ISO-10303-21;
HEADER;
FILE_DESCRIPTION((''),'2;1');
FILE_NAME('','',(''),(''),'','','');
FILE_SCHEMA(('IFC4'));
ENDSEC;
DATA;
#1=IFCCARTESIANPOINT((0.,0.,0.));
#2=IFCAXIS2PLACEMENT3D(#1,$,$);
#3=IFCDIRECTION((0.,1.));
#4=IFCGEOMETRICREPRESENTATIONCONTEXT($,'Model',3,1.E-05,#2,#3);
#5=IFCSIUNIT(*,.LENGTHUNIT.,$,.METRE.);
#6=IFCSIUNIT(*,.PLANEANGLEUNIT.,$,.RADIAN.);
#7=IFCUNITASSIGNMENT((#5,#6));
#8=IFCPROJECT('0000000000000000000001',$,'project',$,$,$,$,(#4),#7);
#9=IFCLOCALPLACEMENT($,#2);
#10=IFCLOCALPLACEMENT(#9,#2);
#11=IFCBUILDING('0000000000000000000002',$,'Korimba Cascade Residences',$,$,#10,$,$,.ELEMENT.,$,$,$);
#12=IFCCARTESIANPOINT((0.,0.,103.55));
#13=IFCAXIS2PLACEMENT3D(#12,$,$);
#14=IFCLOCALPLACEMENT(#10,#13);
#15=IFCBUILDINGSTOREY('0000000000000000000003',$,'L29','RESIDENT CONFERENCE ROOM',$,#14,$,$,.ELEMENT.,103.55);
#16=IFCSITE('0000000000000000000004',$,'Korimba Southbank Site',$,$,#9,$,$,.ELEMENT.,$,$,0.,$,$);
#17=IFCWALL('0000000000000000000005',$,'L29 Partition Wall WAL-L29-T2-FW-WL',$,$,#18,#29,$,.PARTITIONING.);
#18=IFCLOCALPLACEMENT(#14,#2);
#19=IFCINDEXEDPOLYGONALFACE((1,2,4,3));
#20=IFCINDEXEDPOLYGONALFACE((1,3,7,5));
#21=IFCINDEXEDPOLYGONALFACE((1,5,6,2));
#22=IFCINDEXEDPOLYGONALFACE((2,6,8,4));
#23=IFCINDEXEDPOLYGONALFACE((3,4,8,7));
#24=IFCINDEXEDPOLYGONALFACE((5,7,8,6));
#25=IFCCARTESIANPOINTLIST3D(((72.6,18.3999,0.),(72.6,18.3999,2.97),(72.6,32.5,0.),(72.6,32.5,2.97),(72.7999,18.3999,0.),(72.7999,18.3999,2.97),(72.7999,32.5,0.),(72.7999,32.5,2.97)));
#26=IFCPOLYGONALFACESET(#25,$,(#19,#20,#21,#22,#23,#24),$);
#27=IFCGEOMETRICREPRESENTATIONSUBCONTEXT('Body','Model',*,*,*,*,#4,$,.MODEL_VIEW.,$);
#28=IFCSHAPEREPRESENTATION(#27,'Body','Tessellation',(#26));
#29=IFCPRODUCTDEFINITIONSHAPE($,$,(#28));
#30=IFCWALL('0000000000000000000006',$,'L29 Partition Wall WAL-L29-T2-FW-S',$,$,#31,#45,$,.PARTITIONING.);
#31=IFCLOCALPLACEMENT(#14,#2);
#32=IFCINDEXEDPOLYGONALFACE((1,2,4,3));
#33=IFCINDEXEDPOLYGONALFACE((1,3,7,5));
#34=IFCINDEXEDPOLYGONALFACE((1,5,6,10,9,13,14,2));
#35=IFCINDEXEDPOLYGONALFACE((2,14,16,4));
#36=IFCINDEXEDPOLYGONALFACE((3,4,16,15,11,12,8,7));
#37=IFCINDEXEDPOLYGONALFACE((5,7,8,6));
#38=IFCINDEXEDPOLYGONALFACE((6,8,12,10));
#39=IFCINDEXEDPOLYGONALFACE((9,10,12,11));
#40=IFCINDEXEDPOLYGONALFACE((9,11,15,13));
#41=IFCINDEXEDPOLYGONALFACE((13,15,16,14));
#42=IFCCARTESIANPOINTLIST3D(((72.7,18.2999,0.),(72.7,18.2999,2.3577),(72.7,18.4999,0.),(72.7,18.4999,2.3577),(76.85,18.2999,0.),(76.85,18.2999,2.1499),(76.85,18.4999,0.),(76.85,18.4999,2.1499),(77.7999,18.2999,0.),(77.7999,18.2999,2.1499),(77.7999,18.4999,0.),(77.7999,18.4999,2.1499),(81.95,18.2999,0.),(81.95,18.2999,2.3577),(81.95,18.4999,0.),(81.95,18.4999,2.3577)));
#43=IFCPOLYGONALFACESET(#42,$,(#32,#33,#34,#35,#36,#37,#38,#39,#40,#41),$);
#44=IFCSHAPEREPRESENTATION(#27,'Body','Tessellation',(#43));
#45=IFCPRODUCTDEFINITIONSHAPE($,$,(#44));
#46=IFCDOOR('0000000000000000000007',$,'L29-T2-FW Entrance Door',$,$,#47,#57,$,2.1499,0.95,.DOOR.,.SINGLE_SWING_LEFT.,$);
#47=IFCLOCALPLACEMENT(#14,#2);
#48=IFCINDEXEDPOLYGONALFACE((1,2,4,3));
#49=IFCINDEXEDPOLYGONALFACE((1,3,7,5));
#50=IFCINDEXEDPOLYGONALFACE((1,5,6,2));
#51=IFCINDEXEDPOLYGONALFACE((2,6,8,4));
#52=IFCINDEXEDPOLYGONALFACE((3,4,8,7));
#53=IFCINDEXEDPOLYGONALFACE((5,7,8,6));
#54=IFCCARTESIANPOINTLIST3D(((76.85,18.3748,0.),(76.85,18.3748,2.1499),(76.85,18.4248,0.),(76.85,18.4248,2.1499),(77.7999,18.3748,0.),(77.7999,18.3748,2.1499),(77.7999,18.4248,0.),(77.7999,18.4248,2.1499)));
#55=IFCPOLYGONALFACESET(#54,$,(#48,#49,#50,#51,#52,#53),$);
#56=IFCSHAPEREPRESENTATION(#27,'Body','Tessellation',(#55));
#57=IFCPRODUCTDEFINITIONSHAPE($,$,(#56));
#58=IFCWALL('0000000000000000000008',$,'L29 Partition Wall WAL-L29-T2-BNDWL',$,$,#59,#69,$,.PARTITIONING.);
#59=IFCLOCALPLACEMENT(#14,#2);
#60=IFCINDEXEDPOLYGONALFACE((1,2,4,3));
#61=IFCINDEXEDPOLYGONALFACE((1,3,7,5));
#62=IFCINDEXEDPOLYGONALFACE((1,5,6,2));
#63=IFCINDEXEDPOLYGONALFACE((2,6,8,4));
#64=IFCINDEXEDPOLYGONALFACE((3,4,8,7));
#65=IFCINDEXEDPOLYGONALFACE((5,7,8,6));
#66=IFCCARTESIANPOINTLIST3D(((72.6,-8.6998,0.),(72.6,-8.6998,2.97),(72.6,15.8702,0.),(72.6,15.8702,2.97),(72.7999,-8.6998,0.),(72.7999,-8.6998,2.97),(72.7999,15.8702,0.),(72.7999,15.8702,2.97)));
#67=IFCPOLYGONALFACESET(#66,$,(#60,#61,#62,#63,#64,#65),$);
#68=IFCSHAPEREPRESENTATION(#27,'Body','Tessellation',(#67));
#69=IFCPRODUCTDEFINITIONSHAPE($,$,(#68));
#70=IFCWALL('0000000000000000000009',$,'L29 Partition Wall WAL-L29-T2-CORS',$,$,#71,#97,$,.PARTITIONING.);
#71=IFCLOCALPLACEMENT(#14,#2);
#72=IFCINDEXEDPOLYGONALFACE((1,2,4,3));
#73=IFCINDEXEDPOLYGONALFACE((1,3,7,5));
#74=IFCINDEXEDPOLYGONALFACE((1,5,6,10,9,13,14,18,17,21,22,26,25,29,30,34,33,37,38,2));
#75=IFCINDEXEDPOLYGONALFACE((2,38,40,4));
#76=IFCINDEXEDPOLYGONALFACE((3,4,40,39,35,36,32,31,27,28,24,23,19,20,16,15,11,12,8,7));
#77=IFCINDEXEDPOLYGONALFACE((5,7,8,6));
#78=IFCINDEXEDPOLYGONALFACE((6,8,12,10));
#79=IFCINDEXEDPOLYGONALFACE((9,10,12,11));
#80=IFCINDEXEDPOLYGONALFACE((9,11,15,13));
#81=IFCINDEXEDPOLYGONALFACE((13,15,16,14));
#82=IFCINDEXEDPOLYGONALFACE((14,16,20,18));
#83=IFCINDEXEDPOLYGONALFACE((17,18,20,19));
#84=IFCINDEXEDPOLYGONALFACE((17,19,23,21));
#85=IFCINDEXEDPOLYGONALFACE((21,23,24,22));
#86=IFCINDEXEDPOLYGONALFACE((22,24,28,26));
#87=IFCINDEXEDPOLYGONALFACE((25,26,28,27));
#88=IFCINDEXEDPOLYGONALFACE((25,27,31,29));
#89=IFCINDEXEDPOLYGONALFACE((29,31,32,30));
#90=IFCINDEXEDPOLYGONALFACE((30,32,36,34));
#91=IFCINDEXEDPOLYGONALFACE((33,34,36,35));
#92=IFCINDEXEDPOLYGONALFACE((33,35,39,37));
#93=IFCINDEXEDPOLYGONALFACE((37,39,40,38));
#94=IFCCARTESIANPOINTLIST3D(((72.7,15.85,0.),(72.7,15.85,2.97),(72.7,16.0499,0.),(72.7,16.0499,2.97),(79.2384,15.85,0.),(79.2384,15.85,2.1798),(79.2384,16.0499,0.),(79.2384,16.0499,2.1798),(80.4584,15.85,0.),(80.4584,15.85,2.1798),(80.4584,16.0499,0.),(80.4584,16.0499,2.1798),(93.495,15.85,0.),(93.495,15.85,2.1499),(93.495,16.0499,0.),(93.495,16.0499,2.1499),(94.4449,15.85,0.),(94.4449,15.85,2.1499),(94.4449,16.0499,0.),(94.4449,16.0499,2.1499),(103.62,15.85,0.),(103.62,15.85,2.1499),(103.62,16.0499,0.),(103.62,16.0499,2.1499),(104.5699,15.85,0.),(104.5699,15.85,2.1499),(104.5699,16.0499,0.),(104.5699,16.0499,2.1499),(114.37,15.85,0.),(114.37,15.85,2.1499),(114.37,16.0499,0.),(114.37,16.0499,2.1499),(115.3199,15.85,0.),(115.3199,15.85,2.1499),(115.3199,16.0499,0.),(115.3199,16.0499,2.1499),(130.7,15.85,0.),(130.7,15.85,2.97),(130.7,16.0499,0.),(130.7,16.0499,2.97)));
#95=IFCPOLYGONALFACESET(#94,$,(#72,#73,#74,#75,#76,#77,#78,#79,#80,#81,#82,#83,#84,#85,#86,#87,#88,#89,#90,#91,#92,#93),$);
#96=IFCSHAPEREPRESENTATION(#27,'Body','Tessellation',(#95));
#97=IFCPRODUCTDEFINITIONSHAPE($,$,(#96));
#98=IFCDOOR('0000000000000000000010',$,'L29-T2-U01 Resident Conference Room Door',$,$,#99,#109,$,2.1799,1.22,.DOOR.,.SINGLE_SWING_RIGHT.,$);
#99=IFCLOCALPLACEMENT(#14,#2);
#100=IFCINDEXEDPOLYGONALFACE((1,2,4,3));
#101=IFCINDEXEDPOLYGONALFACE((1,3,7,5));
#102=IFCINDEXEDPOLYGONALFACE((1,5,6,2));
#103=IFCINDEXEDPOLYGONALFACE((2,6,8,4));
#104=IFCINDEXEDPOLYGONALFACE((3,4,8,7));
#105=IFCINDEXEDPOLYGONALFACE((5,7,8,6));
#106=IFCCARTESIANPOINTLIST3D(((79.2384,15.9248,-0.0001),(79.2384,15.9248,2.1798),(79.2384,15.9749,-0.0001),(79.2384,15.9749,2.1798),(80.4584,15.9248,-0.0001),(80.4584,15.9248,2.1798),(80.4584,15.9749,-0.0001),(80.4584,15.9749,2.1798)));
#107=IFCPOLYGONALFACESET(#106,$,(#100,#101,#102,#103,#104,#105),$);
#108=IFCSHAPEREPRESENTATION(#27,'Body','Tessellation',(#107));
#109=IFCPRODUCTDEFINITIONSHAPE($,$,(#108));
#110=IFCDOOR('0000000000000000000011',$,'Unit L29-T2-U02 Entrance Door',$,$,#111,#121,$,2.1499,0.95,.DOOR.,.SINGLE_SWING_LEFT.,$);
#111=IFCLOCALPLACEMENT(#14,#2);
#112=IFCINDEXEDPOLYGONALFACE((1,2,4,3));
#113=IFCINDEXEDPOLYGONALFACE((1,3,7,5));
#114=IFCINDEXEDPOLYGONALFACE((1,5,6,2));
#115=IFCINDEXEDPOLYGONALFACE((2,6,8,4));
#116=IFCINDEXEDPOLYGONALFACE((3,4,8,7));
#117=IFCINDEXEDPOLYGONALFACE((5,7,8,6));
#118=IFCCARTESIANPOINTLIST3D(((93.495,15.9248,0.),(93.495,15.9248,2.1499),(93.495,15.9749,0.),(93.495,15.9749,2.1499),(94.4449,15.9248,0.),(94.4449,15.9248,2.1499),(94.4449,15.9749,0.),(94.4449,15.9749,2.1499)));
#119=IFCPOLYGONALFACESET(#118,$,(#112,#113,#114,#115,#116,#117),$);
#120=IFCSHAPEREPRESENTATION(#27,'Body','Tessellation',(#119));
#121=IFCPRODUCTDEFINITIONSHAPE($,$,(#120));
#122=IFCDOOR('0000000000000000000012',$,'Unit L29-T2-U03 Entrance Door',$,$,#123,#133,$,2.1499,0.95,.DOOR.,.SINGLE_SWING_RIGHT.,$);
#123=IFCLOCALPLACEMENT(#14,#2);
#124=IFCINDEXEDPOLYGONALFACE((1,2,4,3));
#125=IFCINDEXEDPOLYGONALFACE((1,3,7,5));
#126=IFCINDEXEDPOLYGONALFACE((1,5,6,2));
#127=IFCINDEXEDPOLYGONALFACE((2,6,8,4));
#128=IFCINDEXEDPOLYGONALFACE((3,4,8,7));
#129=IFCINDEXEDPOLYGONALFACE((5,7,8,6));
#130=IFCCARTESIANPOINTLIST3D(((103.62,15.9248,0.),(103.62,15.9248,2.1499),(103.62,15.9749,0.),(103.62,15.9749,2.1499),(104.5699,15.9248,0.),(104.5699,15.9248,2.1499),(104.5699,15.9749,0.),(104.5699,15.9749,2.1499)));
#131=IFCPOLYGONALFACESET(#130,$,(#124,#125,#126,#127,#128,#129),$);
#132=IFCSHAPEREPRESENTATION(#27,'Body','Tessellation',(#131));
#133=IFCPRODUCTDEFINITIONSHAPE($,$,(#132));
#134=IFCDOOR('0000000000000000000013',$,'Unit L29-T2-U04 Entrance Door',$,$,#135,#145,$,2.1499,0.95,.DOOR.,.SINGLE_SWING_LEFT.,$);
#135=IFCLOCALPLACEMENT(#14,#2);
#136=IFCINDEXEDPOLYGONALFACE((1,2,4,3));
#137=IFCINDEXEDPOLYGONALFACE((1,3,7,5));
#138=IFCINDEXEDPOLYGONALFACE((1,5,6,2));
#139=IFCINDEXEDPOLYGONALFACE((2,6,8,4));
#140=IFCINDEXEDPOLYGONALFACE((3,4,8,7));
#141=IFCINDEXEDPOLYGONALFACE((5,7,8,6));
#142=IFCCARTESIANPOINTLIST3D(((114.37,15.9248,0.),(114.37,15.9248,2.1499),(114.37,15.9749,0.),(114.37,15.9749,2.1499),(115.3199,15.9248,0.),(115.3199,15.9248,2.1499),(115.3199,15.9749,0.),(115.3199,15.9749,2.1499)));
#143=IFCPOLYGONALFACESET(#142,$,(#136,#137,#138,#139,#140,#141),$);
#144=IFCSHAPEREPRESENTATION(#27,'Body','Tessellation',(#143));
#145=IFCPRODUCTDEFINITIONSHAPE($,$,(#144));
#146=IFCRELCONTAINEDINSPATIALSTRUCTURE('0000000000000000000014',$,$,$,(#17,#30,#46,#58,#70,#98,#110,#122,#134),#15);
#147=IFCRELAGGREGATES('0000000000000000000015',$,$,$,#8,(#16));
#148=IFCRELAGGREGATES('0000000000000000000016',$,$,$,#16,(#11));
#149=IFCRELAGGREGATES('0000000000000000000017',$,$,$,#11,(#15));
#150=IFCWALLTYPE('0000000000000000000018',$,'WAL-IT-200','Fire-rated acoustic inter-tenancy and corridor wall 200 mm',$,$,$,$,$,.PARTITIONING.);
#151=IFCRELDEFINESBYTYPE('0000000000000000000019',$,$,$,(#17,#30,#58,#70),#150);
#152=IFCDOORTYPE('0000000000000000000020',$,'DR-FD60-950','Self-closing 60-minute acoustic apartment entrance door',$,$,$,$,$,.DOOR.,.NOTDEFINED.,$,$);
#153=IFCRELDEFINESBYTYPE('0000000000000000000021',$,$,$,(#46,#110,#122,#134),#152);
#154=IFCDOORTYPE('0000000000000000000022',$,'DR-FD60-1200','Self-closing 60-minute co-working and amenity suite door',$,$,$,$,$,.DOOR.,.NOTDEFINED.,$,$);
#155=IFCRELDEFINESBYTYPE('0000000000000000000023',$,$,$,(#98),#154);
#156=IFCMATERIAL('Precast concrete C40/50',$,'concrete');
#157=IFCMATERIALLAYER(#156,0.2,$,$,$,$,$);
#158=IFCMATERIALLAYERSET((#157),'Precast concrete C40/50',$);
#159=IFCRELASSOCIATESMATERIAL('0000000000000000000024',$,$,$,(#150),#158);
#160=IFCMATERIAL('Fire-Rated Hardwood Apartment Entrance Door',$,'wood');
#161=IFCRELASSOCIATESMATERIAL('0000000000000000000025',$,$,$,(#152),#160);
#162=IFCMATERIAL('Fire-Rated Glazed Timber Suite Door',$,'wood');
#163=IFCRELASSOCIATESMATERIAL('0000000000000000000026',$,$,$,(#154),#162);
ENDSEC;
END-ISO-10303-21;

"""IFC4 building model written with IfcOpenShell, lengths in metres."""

from ifc_helpers import new_model, si_unit, direction, frame, frame_2d, origin, place, context, subcontext, project, spatial, rectangle, extrude, material, layer, layer_set, type_object, element, fill, save


model = new_model("IFC4")

# Units and contexts
model_context = context("Model", 3, precision=1e-05, world=origin(), true_north=direction((0.0, 1.0)))
body_context = subcontext(model_context, "Body", "Model", "MODEL_VIEW")
ifc_project = project(units=[si_unit("LENGTHUNIT", "METRE"), si_unit("PLANEANGLEUNIT", "RADIAN")], contexts=[model_context])

# Site, building, storey
site_placement = place(None, origin())
site = spatial("IfcSite", under=ifc_project, at=site_placement, Name="Korimba Southbank Site", CompositionType="ELEMENT", RefElevation=0.0)
building_placement = place(site_placement, origin())
building = spatial("IfcBuilding", under=site, at=building_placement, Name="Korimba Cascade Residences", CompositionType="ELEMENT")
storey_placement = place(building_placement, frame((0.0, 0.0, 103.55)))
storey = spatial("IfcBuildingStorey", under=building, at=storey_placement, Name="L29", Description="RESIDENT CONFERENCE ROOM", CompositionType="ELEMENT", Elevation=103.55)

# Shared definitions
ifc_material_1 = material(Name="Precast concrete C40/50", Category="concrete")

# Wall
ifc_layer_1 = layer(ifc_material_1, 0.2)
ifc_layer_set_1 = layer_set([ifc_layer_1], Name="Precast concrete C40/50")
wall_type_1 = type_object("IfcWallType", Name="WAL-IT-200", Description="Fire-rated acoustic inter-tenancy and corridor wall 200 mm", PredefinedType="PARTITIONING", material=ifc_layer_set_1)
wall_1_placement = place(storey_placement, frame((72.7, 18.3999, 0.0), z_axis=(0.0, 0.0, 1.0), x_axis=(0.0, 1.0, 0.0)))
element("IfcWall", 1, at=wall_1_placement, inside=storey, type_object=wall_type_1, Name="L29 Partition Wall WAL-L29-T2-FW-WL", PredefinedType="PARTITIONING", context=body_context, shape_type="SweptSolid", body=[
    extrude(rectangle(XDim=14.1001, YDim=0.2, at=frame_2d((7.05, 0.0))), origin(), (0.0, 0.0, 1.0), 2.97),
])

# Wall, opening, door
wall_2_placement = place(storey_placement, frame((72.7, 18.3999, 0.0), z_axis=(0.0, 0.0, 1.0), x_axis=(1.0, 0.0, 0.0)))
wall_2 = element("IfcWall", 2, at=wall_2_placement, inside=storey, type_object=wall_type_1, Name="L29 Partition Wall WAL-L29-T2-FW-S", PredefinedType="PARTITIONING", context=body_context, shape_type="SweptSolid", body=[
    extrude(rectangle(XDim=9.25, YDim=0.2, at=frame_2d((4.625, 0.0))), origin(), (0.0, 0.0, 1.0), 2.3577),
])
opening_1_placement = place(wall_2_placement, frame((4.1499, 0.0, 0.0)))
opening_1 = element("IfcOpeningElement", 3, at=opening_1_placement, cuts=wall_2, PredefinedType="OPENING", context=body_context, shape_type="SweptSolid", body=[
    extrude(rectangle(XDim=0.95, YDim=2.1499, at=frame_2d((0.4751, 1.075))), frame((0.0, 0.1099, 0.0), z_axis=(0.0, -1.0, 0.0), x_axis=(1.0, 0.0, 0.0)), (0.0, 0.0, 1.0), 0.22),
])
ifc_material_2 = material(Name="Fire-Rated Hardwood Apartment Entrance Door", Category="wood")
door_type_1 = type_object("IfcDoorType", Name="DR-FD60-950", Description="Self-closing 60-minute acoustic apartment entrance door", OperationType="NOTDEFINED", PredefinedType="DOOR", material=ifc_material_2)
door_1_placement = place(opening_1_placement, origin())
door_1 = element("IfcDoor", 4, at=door_1_placement, inside=storey, type_object=door_type_1, Name="L29-T2-FW Entrance Door", OperationType="SINGLE_SWING_LEFT", OverallHeight=2.1499, OverallWidth=0.95, PredefinedType="DOOR", context=body_context, shape_type="SweptSolid", body=[
    extrude(rectangle(XDim=0.95, YDim=2.1499, at=frame_2d((0.4751, 1.075))), frame((0.0, 0.0249, 0.0), z_axis=(0.0, -1.0, 0.0), x_axis=(1.0, 0.0, 0.0)), (0.0, 0.0, 1.0), 0.05),
])
fill(opening_1, door_1)

# Wall
wall_3_placement = place(storey_placement, frame((72.7, -8.7, 0.0), z_axis=(0.0, 0.0, 1.0), x_axis=(0.0, 1.0, 0.0)))
element("IfcWall", 5, at=wall_3_placement, inside=storey, type_object=wall_type_1, Name="L29 Partition Wall WAL-L29-T2-BNDWL", PredefinedType="PARTITIONING", context=body_context, shape_type="SweptSolid", body=[
    extrude(rectangle(XDim=24.5701, YDim=0.2, at=frame_2d((12.2852, 0.0))), origin(), (0.0, 0.0, 1.0), 2.97),
])

# Wall, openings, doors
wall_4_placement = place(storey_placement, frame((72.7, 15.95, 0.0), z_axis=(0.0, 0.0, 1.0), x_axis=(1.0, 0.0, 0.0)))
wall_4 = element("IfcWall", 6, at=wall_4_placement, inside=storey, type_object=wall_type_1, Name="L29 Partition Wall WAL-L29-T2-CORS", PredefinedType="PARTITIONING", context=body_context, shape_type="SweptSolid", body=[
    extrude(rectangle(XDim=58.0, YDim=0.2, at=frame_2d((29.0, 0.0))), origin(), (0.0, 0.0, 1.0), 2.97),
])
opening_2_placement = place(wall_4_placement, frame((6.5386, 0.0, 0.0)))
opening_2 = element("IfcOpeningElement", 7, at=opening_2_placement, cuts=wall_4, PredefinedType="OPENING", context=body_context, shape_type="SweptSolid", body=[
    extrude(rectangle(XDim=1.22, YDim=2.1799, at=frame_2d((0.6099, 1.0898))), frame((0.0, 0.1099, 0.0), z_axis=(0.0, -1.0, 0.0), x_axis=(1.0, 0.0, 0.0)), (0.0, 0.0, 1.0), 0.22),
])
opening_3_placement = place(wall_4_placement, frame((20.7949, 0.0, 0.0)))
opening_3 = element("IfcOpeningElement", 8, at=opening_3_placement, cuts=wall_4, PredefinedType="OPENING", context=body_context, shape_type="SweptSolid", body=[
    extrude(rectangle(XDim=0.95, YDim=2.1499, at=frame_2d((0.4751, 1.075))), frame((0.0, 0.1099, 0.0), z_axis=(0.0, -1.0, 0.0), x_axis=(1.0, 0.0, 0.0)), (0.0, 0.0, 1.0), 0.22),
])
opening_4_placement = place(wall_4_placement, frame((30.9199, 0.0, 0.0)))
opening_4 = element("IfcOpeningElement", 9, at=opening_4_placement, cuts=wall_4, PredefinedType="OPENING", context=body_context, shape_type="SweptSolid", body=[
    extrude(rectangle(XDim=0.95, YDim=2.1499, at=frame_2d((0.4751, 1.075))), frame((0.0, 0.1099, 0.0), z_axis=(0.0, -1.0, 0.0), x_axis=(1.0, 0.0, 0.0)), (0.0, 0.0, 1.0), 0.22),
])
opening_5_placement = place(wall_4_placement, frame((41.6699, 0.0, 0.0)))
opening_5 = element("IfcOpeningElement", 10, at=opening_5_placement, cuts=wall_4, PredefinedType="OPENING", context=body_context, shape_type="SweptSolid", body=[
    extrude(rectangle(XDim=0.95, YDim=2.1499, at=frame_2d((0.4751, 1.075))), frame((0.0, 0.1099, 0.0), z_axis=(0.0, -1.0, 0.0), x_axis=(1.0, 0.0, 0.0)), (0.0, 0.0, 1.0), 0.22),
])
ifc_material_3 = material(Name="Fire-Rated Glazed Timber Suite Door", Category="wood")
door_type_2 = type_object("IfcDoorType", Name="DR-FD60-1200", Description="Self-closing 60-minute co-working and amenity suite door", OperationType="NOTDEFINED", PredefinedType="DOOR", material=ifc_material_3)
door_2_placement = place(opening_2_placement, origin())
door_2 = element("IfcDoor", 11, at=door_2_placement, inside=storey, type_object=door_type_2, Name="L29-T2-U01 Resident Conference Room Door", OperationType="SINGLE_SWING_RIGHT", OverallHeight=2.1799, OverallWidth=1.22, PredefinedType="DOOR", context=body_context, shape_type="SweptSolid", body=[
    extrude(rectangle(XDim=1.22, YDim=2.1799, at=frame_2d((0.6099, 1.0898))), frame((0.0, 0.0249, 0.0), z_axis=(0.0, -1.0, 0.0), x_axis=(1.0, 0.0, 0.0)), (0.0, 0.0, 1.0), 0.05),
])
fill(opening_2, door_2)
door_3_placement = place(opening_3_placement, origin())
door_3 = element("IfcDoor", 12, at=door_3_placement, inside=storey, type_object=door_type_1, Name="Unit L29-T2-U02 Entrance Door", OperationType="SINGLE_SWING_LEFT", OverallHeight=2.1499, OverallWidth=0.95, PredefinedType="DOOR", context=body_context, shape_type="SweptSolid", body=[
    extrude(rectangle(XDim=0.95, YDim=2.1499, at=frame_2d((0.4751, 1.075))), frame((0.0, 0.0249, 0.0), z_axis=(0.0, -1.0, 0.0), x_axis=(1.0, 0.0, 0.0)), (0.0, 0.0, 1.0), 0.05),
])
fill(opening_3, door_3)
door_4_placement = place(opening_4_placement, origin())
door_4 = element("IfcDoor", 13, at=door_4_placement, inside=storey, type_object=door_type_1, Name="Unit L29-T2-U03 Entrance Door", OperationType="SINGLE_SWING_RIGHT", OverallHeight=2.1499, OverallWidth=0.95, PredefinedType="DOOR", context=body_context, shape_type="SweptSolid", body=[
    extrude(rectangle(XDim=0.95, YDim=2.1499, at=frame_2d((0.4751, 1.075))), frame((0.0, 0.0249, 0.0), z_axis=(0.0, -1.0, 0.0), x_axis=(1.0, 0.0, 0.0)), (0.0, 0.0, 1.0), 0.05),
])
fill(opening_4, door_4)
door_5_placement = place(opening_5_placement, origin())
door_5 = element("IfcDoor", 14, at=door_5_placement, inside=storey, type_object=door_type_1, Name="Unit L29-T2-U04 Entrance Door", OperationType="SINGLE_SWING_LEFT", OverallHeight=2.1499, OverallWidth=0.95, PredefinedType="DOOR", context=body_context, shape_type="SweptSolid", body=[
    extrude(rectangle(XDim=0.95, YDim=2.1499, at=frame_2d((0.4751, 1.075))), frame((0.0, 0.0249, 0.0), z_axis=(0.0, -1.0, 0.0), x_axis=(1.0, 0.0, 0.0)), (0.0, 0.0, 1.0), 0.05),
])
fill(opening_5, door_5)

save(model, "model.ifc")
